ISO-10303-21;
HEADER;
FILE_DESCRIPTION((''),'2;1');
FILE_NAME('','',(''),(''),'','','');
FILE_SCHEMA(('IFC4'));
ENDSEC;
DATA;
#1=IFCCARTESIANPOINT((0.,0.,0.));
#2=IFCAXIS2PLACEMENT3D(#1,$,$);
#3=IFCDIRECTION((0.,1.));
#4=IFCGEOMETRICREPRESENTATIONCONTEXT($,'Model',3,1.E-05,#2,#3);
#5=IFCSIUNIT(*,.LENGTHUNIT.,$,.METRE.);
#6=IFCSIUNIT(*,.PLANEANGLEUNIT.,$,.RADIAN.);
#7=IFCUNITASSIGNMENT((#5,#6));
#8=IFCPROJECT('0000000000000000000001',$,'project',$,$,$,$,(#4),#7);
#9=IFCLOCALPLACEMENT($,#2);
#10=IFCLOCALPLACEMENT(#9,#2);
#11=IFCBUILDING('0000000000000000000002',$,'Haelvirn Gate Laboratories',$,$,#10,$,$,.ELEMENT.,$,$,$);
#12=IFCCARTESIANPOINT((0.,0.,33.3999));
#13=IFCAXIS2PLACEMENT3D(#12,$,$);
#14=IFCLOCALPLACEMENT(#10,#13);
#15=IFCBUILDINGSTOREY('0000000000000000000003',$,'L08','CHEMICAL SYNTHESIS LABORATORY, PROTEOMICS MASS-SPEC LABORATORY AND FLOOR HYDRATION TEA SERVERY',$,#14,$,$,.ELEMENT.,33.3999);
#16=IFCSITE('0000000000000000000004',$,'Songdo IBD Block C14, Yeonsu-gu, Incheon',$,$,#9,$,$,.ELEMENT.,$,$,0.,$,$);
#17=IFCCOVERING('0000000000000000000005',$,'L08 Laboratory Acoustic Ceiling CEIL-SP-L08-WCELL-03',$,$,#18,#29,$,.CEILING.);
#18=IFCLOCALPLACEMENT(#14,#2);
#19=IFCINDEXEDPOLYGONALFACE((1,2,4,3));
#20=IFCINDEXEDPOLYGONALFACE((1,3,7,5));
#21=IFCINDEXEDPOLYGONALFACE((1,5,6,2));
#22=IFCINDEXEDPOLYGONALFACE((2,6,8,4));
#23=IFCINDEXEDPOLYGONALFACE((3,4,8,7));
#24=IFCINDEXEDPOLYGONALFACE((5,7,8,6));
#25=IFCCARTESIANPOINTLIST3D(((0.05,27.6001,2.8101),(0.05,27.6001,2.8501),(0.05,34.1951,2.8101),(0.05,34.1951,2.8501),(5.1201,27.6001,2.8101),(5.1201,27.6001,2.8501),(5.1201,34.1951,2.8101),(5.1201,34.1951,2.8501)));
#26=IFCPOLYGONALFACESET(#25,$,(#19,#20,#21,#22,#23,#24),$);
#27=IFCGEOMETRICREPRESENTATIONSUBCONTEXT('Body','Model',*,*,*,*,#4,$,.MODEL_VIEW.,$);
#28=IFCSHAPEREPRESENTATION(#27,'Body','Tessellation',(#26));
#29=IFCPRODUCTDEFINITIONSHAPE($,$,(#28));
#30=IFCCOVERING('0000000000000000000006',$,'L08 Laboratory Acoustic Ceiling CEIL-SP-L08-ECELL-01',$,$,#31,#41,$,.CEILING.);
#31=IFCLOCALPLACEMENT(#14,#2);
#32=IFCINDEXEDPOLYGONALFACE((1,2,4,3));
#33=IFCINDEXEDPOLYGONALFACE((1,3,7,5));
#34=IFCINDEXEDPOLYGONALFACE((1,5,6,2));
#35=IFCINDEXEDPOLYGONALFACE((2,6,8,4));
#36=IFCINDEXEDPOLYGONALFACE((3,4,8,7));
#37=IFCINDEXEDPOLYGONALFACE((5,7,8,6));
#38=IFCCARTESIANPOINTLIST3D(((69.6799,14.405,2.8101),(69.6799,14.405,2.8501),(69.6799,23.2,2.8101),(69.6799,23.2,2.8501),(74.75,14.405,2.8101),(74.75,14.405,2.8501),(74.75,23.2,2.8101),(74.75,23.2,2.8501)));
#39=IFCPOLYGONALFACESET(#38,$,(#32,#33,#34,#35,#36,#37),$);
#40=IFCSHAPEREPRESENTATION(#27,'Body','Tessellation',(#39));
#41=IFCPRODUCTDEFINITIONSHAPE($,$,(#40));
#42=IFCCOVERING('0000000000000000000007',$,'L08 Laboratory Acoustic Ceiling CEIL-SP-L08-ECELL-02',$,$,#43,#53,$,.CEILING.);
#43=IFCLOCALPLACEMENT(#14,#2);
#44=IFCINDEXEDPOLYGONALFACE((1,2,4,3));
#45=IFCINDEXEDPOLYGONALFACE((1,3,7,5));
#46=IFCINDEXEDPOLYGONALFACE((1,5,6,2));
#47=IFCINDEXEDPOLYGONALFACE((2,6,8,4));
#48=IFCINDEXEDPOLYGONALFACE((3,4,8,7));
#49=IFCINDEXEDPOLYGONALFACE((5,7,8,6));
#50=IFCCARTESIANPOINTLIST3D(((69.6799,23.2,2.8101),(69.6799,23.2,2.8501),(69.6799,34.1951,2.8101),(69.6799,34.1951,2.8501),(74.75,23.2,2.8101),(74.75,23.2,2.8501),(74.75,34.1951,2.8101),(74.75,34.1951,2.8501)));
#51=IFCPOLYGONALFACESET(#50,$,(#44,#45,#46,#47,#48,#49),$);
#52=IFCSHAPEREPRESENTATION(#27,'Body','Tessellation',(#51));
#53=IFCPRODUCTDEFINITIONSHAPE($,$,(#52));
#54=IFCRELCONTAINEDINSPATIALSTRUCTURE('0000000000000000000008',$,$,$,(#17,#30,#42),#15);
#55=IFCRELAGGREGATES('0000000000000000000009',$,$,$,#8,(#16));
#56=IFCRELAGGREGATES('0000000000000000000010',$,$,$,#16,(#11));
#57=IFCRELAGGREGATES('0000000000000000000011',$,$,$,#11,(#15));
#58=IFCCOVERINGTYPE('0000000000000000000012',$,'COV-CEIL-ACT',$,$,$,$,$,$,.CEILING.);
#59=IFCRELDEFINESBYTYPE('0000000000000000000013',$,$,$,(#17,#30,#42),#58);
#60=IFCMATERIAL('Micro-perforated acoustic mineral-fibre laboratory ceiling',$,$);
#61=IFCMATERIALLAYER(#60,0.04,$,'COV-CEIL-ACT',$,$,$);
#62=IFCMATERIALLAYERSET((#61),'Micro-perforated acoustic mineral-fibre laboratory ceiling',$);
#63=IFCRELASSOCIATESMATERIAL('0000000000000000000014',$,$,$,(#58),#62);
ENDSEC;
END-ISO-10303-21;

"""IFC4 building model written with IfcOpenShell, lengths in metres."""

from ifc_helpers import new_model, si_unit, direction, frame, origin, place, context, subcontext, project, spatial, polyline, outline, extrude, material, layer, layer_set, type_object, element, save


model = new_model("IFC4")

# Units and contexts
model_context = context("Model", 3, precision=1e-05, world=origin(), true_north=direction((0.0, 1.0)))
body_context = subcontext(model_context, "Body", "Model", "MODEL_VIEW")
ifc_project = project(units=[si_unit("LENGTHUNIT", "METRE"), si_unit("PLANEANGLEUNIT", "RADIAN")], contexts=[model_context])

# Site, building, storey
site_placement = place(None, origin())
site = spatial("IfcSite", under=ifc_project, at=site_placement, Name="Songdo IBD Block C14, Yeonsu-gu, Incheon", CompositionType="ELEMENT", RefElevation=0.0)
building_placement = place(site_placement, origin())
building = spatial("IfcBuilding", under=site, at=building_placement, Name="Haelvirn Gate Laboratories", CompositionType="ELEMENT")
storey_placement = place(building_placement, frame((0.0, 0.0, 33.3999)))
storey = spatial("IfcBuildingStorey", under=building, at=storey_placement, Name="L08", Description="CHEMICAL SYNTHESIS LABORATORY, PROTEOMICS MASS-SPEC LABORATORY AND FLOOR HYDRATION TEA SERVERY", CompositionType="ELEMENT", Elevation=33.3999)

# Coverings
ifc_material_1 = material(Name="Micro-perforated acoustic mineral-fibre laboratory ceiling")
ifc_layer_1 = layer(ifc_material_1, 0.04, Name="COV-CEIL-ACT")
ifc_layer_set_1 = layer_set([ifc_layer_1], Name="Micro-perforated acoustic mineral-fibre laboratory ceiling")
covering_type = type_object("IfcCoveringType", Name="COV-CEIL-ACT", PredefinedType="CEILING", material=ifc_layer_set_1)
covering_1_placement = place(storey_placement, frame((0.0, 0.0, 2.8101)))
element("IfcCovering", 1, at=covering_1_placement, inside=storey, type_object=covering_type, Name="L08 Laboratory Acoustic Ceiling CEIL-SP-L08-WCELL-03", PredefinedType="CEILING", context=body_context, shape_type="SweptSolid", body=[
    extrude(outline(polyline([(0.05, 34.1951), (5.1201, 34.1951), (5.1201, 27.6001), (0.05, 27.6001), (0.05, 34.1951)])), origin(), (0.0, 0.0, 1.0), 0.04),
])
covering_2_placement = place(storey_placement, frame((0.0, 0.0, 2.8101)))
element("IfcCovering", 2, at=covering_2_placement, inside=storey, type_object=covering_type, Name="L08 Laboratory Acoustic Ceiling CEIL-SP-L08-ECELL-01", PredefinedType="CEILING", context=body_context, shape_type="SweptSolid", body=[
    extrude(outline(polyline([(69.6799, 23.2), (74.75, 23.2), (74.75, 14.405), (69.6799, 14.405), (69.6799, 23.2)])), origin(), (0.0, 0.0, 1.0), 0.04),
])
covering_3_placement = place(storey_placement, frame((0.0, 0.0, 2.8101)))
element("IfcCovering", 3, at=covering_3_placement, inside=storey, type_object=covering_type, Name="L08 Laboratory Acoustic Ceiling CEIL-SP-L08-ECELL-02", PredefinedType="CEILING", context=body_context, shape_type="SweptSolid", body=[
    extrude(outline(polyline([(69.6799, 34.1951), (74.75, 34.1951), (74.75, 23.2), (69.6799, 23.2), (69.6799, 34.1951)])), origin(), (0.0, 0.0, 1.0), 0.04),
])

save(model, "model.ifc")
